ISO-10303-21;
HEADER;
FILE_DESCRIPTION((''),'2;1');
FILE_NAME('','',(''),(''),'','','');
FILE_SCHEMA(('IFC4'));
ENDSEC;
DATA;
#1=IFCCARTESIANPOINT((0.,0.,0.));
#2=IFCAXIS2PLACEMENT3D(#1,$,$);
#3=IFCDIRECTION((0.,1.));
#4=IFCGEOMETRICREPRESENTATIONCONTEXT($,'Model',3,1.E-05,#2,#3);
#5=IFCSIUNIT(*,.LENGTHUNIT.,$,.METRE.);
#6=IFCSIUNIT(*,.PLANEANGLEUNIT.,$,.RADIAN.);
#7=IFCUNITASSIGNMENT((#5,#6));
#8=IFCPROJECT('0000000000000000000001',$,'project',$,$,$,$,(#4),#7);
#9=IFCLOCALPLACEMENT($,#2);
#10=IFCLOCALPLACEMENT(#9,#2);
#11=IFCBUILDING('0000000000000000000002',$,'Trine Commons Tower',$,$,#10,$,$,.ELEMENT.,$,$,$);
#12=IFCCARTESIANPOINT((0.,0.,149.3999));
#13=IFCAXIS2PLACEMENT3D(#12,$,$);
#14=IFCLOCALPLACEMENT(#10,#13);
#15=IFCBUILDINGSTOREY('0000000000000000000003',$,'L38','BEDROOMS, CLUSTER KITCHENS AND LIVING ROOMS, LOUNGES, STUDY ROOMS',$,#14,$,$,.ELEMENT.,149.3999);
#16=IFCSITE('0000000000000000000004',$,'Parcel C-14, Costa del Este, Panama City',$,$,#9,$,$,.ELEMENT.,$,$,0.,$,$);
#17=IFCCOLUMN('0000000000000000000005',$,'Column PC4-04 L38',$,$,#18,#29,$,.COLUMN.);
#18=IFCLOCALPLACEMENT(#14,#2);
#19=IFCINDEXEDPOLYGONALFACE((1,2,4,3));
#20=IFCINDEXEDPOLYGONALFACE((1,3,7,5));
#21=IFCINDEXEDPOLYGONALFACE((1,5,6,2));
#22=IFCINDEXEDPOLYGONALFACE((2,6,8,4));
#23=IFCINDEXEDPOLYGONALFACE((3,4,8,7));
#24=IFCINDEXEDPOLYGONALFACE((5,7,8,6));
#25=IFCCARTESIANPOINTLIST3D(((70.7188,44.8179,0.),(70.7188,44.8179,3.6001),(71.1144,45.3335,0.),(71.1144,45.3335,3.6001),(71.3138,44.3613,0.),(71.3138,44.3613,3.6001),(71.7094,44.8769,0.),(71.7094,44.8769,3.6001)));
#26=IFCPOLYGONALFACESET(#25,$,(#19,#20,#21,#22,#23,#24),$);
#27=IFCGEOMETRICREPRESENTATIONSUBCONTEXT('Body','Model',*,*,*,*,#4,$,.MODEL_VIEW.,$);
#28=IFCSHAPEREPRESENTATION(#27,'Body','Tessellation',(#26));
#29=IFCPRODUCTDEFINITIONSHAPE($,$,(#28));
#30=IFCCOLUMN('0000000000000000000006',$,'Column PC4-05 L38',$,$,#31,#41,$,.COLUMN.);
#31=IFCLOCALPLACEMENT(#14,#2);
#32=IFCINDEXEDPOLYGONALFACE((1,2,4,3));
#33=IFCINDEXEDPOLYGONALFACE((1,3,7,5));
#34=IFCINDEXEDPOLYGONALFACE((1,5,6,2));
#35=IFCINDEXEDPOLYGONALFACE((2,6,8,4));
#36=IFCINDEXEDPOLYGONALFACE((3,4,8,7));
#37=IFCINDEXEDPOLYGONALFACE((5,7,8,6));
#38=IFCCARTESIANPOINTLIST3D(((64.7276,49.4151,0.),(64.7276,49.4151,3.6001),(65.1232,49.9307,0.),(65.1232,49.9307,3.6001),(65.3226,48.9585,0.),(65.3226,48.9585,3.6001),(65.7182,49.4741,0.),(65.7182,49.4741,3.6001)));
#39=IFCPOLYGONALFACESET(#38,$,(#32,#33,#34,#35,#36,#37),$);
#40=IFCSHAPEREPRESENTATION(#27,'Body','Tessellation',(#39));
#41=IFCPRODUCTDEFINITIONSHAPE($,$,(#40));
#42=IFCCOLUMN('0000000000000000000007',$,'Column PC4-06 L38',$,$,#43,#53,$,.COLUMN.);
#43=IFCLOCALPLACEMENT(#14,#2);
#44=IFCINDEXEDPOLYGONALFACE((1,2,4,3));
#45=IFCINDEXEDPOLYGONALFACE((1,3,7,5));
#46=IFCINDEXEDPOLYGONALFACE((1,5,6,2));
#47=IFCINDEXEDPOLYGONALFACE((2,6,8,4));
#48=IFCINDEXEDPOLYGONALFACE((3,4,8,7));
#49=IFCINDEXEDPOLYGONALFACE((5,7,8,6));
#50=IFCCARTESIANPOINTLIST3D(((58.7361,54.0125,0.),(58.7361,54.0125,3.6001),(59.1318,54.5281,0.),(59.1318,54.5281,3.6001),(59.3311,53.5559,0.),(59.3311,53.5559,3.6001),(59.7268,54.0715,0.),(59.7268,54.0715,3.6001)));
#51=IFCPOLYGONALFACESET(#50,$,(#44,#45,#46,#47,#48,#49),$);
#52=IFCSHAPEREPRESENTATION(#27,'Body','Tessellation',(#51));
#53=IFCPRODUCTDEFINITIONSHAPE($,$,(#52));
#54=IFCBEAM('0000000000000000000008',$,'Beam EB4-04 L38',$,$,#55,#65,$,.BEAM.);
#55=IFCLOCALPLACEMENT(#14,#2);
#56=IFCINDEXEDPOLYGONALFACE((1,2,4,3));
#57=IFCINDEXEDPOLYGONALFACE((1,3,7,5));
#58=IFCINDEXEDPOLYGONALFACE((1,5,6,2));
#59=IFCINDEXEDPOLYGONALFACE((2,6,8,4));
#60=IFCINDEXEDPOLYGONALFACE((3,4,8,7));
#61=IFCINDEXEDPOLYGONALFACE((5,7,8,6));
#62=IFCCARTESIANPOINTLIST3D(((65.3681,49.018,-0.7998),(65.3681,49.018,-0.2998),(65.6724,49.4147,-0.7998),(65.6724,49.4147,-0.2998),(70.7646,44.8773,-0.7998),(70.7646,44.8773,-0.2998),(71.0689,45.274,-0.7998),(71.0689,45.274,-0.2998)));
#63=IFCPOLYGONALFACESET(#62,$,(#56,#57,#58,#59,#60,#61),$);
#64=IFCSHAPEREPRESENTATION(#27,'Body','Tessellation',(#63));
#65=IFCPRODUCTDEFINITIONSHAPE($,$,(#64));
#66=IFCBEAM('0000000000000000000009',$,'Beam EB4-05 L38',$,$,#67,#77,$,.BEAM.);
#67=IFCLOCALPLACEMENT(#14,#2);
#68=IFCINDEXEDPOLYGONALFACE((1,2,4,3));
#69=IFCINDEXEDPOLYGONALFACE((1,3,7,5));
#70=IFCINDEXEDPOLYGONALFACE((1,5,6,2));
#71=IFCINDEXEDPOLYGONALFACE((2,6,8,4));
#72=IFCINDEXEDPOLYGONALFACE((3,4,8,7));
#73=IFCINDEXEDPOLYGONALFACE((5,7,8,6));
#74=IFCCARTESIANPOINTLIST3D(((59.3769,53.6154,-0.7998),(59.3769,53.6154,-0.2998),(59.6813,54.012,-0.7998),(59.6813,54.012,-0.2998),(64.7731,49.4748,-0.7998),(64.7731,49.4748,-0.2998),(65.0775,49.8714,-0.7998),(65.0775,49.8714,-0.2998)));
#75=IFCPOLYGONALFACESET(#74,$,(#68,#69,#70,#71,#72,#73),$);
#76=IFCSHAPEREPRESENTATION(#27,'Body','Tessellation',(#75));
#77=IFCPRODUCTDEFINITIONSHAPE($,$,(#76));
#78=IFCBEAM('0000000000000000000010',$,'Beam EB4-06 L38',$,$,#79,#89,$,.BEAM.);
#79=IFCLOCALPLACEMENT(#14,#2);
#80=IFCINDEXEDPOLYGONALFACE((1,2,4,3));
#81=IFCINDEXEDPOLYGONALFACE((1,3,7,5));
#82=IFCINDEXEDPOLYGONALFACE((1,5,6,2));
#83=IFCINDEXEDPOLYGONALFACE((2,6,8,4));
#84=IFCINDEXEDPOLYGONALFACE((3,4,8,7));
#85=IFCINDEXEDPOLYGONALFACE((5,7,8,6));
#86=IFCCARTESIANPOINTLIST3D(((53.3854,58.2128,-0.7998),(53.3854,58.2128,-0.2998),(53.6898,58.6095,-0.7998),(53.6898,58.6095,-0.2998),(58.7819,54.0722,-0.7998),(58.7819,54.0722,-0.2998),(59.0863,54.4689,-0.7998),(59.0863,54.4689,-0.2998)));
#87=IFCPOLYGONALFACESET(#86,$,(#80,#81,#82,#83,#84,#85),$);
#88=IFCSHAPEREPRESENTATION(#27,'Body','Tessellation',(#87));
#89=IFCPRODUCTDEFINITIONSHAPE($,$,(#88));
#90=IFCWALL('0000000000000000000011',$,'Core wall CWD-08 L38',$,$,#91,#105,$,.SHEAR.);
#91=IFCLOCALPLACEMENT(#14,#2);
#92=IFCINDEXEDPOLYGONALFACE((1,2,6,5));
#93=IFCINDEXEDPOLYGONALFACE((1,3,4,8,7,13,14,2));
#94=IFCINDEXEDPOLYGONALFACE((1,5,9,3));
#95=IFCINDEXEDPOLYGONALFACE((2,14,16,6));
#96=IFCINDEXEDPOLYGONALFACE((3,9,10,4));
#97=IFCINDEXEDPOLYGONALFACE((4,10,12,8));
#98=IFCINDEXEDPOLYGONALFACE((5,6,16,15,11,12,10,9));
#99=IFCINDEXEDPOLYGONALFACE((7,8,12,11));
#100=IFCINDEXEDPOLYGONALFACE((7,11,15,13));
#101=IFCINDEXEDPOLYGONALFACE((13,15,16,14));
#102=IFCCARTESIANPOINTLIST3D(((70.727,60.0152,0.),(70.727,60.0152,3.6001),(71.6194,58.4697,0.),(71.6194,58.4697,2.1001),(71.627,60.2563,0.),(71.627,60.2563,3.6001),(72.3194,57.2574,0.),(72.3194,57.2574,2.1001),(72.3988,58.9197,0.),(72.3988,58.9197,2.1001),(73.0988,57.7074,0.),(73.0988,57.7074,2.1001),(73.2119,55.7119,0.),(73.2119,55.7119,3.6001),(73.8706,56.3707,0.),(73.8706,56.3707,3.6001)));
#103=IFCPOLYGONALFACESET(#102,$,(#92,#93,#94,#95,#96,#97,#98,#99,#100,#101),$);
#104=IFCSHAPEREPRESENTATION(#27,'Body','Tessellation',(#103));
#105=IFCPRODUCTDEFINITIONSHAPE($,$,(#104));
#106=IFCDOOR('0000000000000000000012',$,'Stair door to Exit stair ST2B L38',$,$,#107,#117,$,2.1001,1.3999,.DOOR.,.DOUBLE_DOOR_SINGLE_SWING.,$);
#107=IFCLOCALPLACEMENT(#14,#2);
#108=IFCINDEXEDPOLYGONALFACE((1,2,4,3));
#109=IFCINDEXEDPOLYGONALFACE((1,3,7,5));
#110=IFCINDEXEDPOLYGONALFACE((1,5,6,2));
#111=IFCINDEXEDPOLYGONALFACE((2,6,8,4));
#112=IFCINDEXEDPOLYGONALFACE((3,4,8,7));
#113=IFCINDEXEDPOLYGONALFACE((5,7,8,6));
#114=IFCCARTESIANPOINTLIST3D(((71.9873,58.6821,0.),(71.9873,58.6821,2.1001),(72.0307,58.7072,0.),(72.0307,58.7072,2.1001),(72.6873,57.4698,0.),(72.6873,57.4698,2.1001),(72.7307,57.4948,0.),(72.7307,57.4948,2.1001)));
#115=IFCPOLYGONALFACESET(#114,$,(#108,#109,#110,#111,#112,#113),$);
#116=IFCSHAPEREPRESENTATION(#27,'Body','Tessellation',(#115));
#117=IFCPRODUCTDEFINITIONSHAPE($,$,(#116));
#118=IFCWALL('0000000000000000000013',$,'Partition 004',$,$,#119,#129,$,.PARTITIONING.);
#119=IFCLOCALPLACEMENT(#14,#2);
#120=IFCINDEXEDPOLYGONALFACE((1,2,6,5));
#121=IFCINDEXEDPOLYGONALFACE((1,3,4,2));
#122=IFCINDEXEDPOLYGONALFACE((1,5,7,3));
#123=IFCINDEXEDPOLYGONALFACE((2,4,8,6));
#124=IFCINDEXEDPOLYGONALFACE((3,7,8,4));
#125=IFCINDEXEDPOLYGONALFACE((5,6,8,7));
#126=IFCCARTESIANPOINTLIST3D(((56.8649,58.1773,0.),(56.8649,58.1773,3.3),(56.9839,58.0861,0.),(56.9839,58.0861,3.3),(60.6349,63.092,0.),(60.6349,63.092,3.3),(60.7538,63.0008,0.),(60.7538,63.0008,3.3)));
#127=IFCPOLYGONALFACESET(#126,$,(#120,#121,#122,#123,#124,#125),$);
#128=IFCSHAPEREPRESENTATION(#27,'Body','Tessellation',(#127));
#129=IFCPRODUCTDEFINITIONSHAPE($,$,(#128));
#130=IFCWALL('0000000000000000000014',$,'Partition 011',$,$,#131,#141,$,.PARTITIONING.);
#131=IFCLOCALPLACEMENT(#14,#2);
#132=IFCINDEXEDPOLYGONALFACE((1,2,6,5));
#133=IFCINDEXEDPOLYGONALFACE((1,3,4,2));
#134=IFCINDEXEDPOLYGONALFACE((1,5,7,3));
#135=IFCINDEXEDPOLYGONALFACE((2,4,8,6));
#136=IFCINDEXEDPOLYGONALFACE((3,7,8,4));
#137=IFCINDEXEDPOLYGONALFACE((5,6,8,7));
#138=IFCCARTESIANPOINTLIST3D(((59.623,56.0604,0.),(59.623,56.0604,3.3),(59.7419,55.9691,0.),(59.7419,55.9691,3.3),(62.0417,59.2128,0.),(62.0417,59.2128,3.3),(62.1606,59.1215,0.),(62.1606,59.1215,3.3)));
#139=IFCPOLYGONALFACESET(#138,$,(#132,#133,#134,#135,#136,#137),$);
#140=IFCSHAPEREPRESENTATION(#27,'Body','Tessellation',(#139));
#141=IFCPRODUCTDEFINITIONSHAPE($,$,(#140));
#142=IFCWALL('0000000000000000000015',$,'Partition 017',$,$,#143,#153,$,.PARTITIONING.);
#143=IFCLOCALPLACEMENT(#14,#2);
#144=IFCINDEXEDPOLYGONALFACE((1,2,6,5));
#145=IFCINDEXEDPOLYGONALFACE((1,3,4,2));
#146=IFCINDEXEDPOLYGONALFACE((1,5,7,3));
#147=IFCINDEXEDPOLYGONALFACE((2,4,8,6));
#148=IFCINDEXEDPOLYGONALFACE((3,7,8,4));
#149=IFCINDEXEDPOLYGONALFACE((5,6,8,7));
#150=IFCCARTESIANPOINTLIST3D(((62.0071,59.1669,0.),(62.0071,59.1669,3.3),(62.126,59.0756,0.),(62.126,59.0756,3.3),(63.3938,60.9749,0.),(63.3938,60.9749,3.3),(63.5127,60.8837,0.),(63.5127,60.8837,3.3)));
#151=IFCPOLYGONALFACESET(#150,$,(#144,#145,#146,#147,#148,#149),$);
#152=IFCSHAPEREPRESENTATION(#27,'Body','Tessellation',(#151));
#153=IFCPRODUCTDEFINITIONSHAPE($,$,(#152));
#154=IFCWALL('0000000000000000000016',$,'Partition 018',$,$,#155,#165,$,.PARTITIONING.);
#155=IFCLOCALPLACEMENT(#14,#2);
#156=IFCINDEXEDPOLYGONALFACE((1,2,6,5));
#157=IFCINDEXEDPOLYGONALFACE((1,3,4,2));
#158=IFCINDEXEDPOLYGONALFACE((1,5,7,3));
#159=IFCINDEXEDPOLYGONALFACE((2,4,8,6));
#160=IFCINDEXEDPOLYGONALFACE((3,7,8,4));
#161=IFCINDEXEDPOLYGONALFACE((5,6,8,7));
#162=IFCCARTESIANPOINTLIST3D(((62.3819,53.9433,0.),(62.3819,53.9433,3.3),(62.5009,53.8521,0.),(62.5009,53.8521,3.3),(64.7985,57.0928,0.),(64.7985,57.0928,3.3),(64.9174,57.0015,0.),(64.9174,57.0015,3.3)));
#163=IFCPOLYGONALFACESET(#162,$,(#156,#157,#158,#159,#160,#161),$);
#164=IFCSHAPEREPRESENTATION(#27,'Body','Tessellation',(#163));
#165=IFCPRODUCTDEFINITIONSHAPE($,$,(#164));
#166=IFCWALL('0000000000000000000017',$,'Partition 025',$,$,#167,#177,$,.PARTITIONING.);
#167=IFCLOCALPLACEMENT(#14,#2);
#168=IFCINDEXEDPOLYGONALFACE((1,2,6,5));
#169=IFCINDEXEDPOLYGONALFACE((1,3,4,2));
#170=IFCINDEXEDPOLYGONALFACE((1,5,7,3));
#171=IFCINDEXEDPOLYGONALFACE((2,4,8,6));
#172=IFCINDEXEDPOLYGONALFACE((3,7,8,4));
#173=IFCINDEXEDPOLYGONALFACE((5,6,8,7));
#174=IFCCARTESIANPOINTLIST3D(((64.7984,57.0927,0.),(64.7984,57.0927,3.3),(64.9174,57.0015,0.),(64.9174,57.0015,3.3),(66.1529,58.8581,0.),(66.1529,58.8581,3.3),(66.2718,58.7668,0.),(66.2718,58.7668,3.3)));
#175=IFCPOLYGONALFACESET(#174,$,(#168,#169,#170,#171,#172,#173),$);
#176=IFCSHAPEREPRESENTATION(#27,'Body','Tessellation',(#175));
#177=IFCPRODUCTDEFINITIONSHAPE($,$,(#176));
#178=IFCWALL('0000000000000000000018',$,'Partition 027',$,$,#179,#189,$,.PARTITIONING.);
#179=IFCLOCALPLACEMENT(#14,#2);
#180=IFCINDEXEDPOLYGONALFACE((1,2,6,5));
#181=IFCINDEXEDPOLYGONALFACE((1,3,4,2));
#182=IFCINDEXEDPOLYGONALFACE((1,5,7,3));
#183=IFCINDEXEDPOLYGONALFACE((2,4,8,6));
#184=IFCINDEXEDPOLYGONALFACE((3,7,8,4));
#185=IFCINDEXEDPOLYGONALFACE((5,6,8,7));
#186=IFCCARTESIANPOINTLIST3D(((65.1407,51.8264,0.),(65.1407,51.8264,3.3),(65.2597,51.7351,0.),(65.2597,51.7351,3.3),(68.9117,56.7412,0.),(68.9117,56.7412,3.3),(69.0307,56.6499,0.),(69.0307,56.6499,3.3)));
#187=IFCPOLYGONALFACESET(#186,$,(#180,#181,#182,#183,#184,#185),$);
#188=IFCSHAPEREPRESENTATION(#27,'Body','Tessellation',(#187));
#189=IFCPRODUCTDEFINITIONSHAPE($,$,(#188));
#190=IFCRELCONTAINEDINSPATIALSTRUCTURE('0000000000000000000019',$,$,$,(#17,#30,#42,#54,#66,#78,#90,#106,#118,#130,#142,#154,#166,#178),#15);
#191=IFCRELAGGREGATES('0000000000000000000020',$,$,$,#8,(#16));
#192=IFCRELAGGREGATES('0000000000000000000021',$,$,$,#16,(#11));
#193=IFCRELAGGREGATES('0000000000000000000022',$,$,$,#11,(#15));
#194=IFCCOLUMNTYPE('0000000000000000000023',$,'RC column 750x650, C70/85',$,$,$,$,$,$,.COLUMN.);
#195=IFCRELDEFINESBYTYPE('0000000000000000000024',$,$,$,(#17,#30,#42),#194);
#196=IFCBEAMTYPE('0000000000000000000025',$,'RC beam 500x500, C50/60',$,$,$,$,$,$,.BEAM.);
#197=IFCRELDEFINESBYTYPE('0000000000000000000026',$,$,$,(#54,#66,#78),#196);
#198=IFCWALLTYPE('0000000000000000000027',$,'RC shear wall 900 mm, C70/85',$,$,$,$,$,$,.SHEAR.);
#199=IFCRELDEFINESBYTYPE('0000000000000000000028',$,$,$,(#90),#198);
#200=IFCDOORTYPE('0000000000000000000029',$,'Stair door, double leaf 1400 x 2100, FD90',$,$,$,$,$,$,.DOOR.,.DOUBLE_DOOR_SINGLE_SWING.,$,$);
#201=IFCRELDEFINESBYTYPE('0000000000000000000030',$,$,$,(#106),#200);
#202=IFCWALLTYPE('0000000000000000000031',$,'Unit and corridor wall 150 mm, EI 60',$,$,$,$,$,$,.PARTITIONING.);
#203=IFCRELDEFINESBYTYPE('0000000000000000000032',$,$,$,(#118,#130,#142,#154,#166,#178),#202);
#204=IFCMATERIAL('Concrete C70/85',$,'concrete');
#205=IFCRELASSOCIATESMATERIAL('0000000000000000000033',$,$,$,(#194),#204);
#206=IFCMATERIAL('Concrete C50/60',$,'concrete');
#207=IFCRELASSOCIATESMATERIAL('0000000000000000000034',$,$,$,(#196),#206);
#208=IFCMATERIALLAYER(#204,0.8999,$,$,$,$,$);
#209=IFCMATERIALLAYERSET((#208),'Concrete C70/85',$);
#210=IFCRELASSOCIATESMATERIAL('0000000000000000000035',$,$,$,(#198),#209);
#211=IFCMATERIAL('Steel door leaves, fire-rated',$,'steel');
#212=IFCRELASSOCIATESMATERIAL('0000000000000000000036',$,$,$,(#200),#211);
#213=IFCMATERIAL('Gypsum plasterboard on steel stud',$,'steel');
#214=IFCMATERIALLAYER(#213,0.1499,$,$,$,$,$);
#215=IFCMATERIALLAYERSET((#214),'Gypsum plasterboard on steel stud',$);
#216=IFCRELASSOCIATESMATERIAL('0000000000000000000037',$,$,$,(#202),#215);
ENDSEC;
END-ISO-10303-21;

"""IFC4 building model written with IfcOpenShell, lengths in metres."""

from ifc_helpers import new_model, si_unit, direction, frame, frame_2d, origin, origin_2d, place, context, subcontext, project, spatial, polyline, rectangle, outline, extrude, material, layer, layer_set, material_profile, profile_set, type_object, element, fill, save


model = new_model("IFC4")

# Units and contexts
model_context = context("Model", 3, precision=1e-05, world=origin(), true_north=direction((0.0, 1.0)))
body_context = subcontext(model_context, "Body", "Model", "MODEL_VIEW")
ifc_project = project(units=[si_unit("LENGTHUNIT", "METRE"), si_unit("PLANEANGLEUNIT", "RADIAN")], contexts=[model_context])

# Site, building, storey
site_placement = place(None, origin())
site = spatial("IfcSite", under=ifc_project, at=site_placement, Name="Parcel C-14, Costa del Este, Panama City", CompositionType="ELEMENT", RefElevation=0.0)
building_placement = place(site_placement, origin())
building = spatial("IfcBuilding", under=site, at=building_placement, Name="Trine Commons Tower", CompositionType="ELEMENT")
storey_placement = place(building_placement, frame((0.0, 0.0, 149.3999)))
storey = spatial("IfcBuildingStorey", under=building, at=storey_placement, Name="L38", Description="BEDROOMS, CLUSTER KITCHENS AND LIVING ROOMS, LOUNGES, STUDY ROOMS", CompositionType="ELEMENT", Elevation=149.3999)

# Columns
ifc_material_1 = material(Name="Concrete C70/85", Category="concrete")
ifc_material_profile_1 = material_profile(ifc_material_1, rectangle(XDim=0.75, YDim=0.6499, at=origin_2d()), Name="RC 750x650")
ifc_profile_set_1 = profile_set([ifc_material_profile_1], Name="Concrete C70/85")
column_type = type_object("IfcColumnType", Name="RC column 750x650, C70/85", PredefinedType="COLUMN", material=ifc_profile_set_1)
for number, where, z_axis, x_axis, name in (
    (1, (71.2141, 44.8474, 0.0), (0.0, 0.0, 1.0), (-0.793353, 0.608761, 0.0), "Column PC4-04 L38"),
    (2, (65.2229, 49.4446, 0.0), (0.0, 0.0, 1.0), (-0.793353, 0.608761, 0.0), "Column PC4-05 L38"),
    (3, (59.2314, 54.042, 0.0), (0.0, 0.0, 1.0), (-0.793353, 0.608761, 0.0), "Column PC4-06 L38"),
):
    element("IfcColumn", number, at=place(storey_placement, frame(where, z_axis=z_axis, x_axis=x_axis)), inside=storey, type_object=column_type, Name=name, PredefinedType="COLUMN", context=body_context, shape_type="SweptSolid", body=[
        extrude(rectangle(XDim=0.75, YDim=0.6499, at=origin_2d()), origin(), (0.0, 0.0, 1.0), 3.6001),
    ])

# Beams
ifc_material_2 = material(Name="Concrete C50/60", Category="concrete")
ifc_material_profile_2 = material_profile(ifc_material_2, rectangle(XDim=0.5, YDim=0.5, at=origin_2d()), Name="RC 500x500")
ifc_profile_set_2 = profile_set([ifc_material_profile_2], Name="Concrete C50/60")
beam_type = type_object("IfcBeamType", Name="RC beam 500x500, C50/60", PredefinedType="BEAM", material=ifc_profile_set_2)
beam_1_placement = place(storey_placement, frame((70.9167, 45.0757, -0.5498), z_axis=(-0.793371, 0.608739, 0.0), x_axis=(-0.608739, -0.793371, 0.0)))
element("IfcBeam", 4, at=beam_1_placement, inside=storey, type_object=beam_type, Name="Beam EB4-04 L38", PredefinedType="BEAM", context=body_context, shape_type="SweptSolid", body=[
    extrude(rectangle(XDim=0.5, YDim=0.5, at=origin_2d()), origin(), (0.0, 0.0, 1.0), 6.802),
])
beam_2_placement = place(storey_placement, frame((64.9253, 49.6731, -0.5498), z_axis=(-0.793357, 0.608756, 0.0), x_axis=(-0.608756, -0.793357, 0.0)))
element("IfcBeam", 5, at=beam_2_placement, inside=storey, type_object=beam_type, Name="Beam EB4-05 L38", PredefinedType="BEAM", context=body_context, shape_type="SweptSolid", body=[
    extrude(rectangle(XDim=0.5, YDim=0.5, at=origin_2d()), origin(), (0.0, 0.0, 1.0), 6.8018),
])
beam_3_placement = place(storey_placement, frame((58.9341, 54.2705, -0.5498), z_axis=(-0.793371, 0.608739, 0.0), x_axis=(-0.608739, -0.793371, 0.0)))
element("IfcBeam", 6, at=beam_3_placement, inside=storey, type_object=beam_type, Name="Beam EB4-06 L38", PredefinedType="BEAM", context=body_context, shape_type="SweptSolid", body=[
    extrude(rectangle(XDim=0.5, YDim=0.5, at=origin_2d()), origin(), (0.0, 0.0, 1.0), 6.802),
])

# Wall, opening, door
ifc_layer_1 = layer(ifc_material_1, 0.8999)
ifc_layer_set_1 = layer_set([ifc_layer_1], Name="Concrete C70/85")
wall_type_1 = type_object("IfcWallType", Name="RC shear wall 900 mm, C70/85", PredefinedType="SHEAR", material=ifc_layer_set_1)
wall_1_placement = place(storey_placement, frame((71.1167, 60.2402, 0.0), z_axis=(0.0, 0.0, 1.0), x_axis=(0.500039, -0.866003, 0.0)))
wall_1 = element("IfcWall", 7, at=wall_1_placement, inside=storey, type_object=wall_type_1, Name="Core wall CWD-08 L38", PredefinedType="SHEAR", context=body_context, shape_type="SweptSolid", body=[
    extrude(outline(polyline([(0.0, -0.45), (4.9692, -0.45), (4.728, 0.45), (0.2412, 0.45), (0.0, -0.45)])), origin(), (0.0, 0.0, 1.0), 3.6001),
])
opening_1_placement = place(wall_1_placement, frame((1.7847, 0.0, 0.0)))
opening_1 = element("IfcOpeningElement", 8, at=opening_1_placement, cuts=wall_1, PredefinedType="OPENING", context=body_context, shape_type="SweptSolid", body=[
    extrude(rectangle(XDim=1.3999, YDim=2.1001, at=frame_2d((0.7, 1.05))), frame((0.0, 0.46, 0.0), z_axis=(0.0, -1.0, 0.0), x_axis=(1.0, 0.0, 0.0)), (0.0, 0.0, 1.0), 0.9199),
])
ifc_material_3 = material(Name="Steel door leaves, fire-rated", Category="steel")
door_type_1 = type_object("IfcDoorType", Name="Stair door, double leaf 1400 x 2100, FD90", OperationType="DOUBLE_DOOR_SINGLE_SWING", PredefinedType="DOOR", material=ifc_material_3)
door_1_placement = place(opening_1_placement, origin())
door_1 = element("IfcDoor", 9, at=door_1_placement, inside=storey, type_object=door_type_1, Name="Stair door to Exit stair ST2B L38", OperationType="DOUBLE_DOOR_SINGLE_SWING", OverallHeight=2.1001, OverallWidth=1.3999, PredefinedType="DOOR", context=body_context, shape_type="SweptSolid", body=[
    extrude(rectangle(XDim=1.3999, YDim=2.1001, at=frame_2d((0.7, 1.05))), frame((0.0, 0.0249, 0.0), z_axis=(0.0, -1.0, 0.0), x_axis=(1.0, 0.0, 0.0)), (0.0, 0.0, 1.0), 0.05),
])
fill(opening_1, door_1)

# Walls
ifc_material_4 = material(Name="Gypsum plasterboard on steel stud", Category="steel")
ifc_layer_2 = layer(ifc_material_4, 0.1499)
ifc_layer_set_2 = layer_set([ifc_layer_2], Name="Gypsum plasterboard on steel stud")
wall_type_2 = type_object("IfcWallType", Name="Unit and corridor wall 150 mm, EI 60", PredefinedType="PARTITIONING", material=ifc_layer_set_2)
wall_2_placement = place(storey_placement, frame((56.9243, 58.1316, 0.0), z_axis=(0.0, 0.0, 1.0), x_axis=(0.608636, 0.79345, 0.0)))
element("IfcWall", 10, at=wall_2_placement, inside=storey, type_object=wall_type_2, Name="Partition 004", PredefinedType="PARTITIONING", context=body_context, shape_type="SweptSolid", body=[
    extrude(rectangle(XDim=6.1941, YDim=0.1499, at=frame_2d((3.0972, 0.0))), origin(), (0.0, 0.0, 1.0), 3.3),
])
wall_3_placement = place(storey_placement, frame((59.6824, 56.0146, 0.0), z_axis=(0.0, 0.0, 1.0), x_axis=(0.608733, 0.793375, 0.0)))
element("IfcWall", 11, at=wall_3_placement, inside=storey, type_object=wall_type_2, Name="Partition 011", PredefinedType="PARTITIONING", context=body_context, shape_type="SweptSolid", body=[
    extrude(rectangle(XDim=3.9734, YDim=0.1499, at=frame_2d((1.9868, 0.0))), origin(), (0.0, 0.0, 1.0), 3.3),
])
wall_4_placement = place(storey_placement, frame((62.0667, 59.1213, 0.0), z_axis=(0.0, 0.0, 1.0), x_axis=(0.608571, 0.793499, 0.0)))
element("IfcWall", 12, at=wall_4_placement, inside=storey, type_object=wall_type_2, Name="Partition 017", PredefinedType="PARTITIONING", context=body_context, shape_type="SweptSolid", body=[
    extrude(rectangle(XDim=2.2786, YDim=0.1499, at=frame_2d((1.1392, 0.0))), origin(), (0.0, 0.0, 1.0), 3.3),
])
wall_5_placement = place(storey_placement, frame((62.4414, 53.8977, 0.0), z_axis=(0.0, 0.0, 1.0), x_axis=(0.608741, 0.793369, 0.0)))
element("IfcWall", 13, at=wall_5_placement, inside=storey, type_object=wall_type_2, Name="Partition 018", PredefinedType="PARTITIONING", context=body_context, shape_type="SweptSolid", body=[
    extrude(rectangle(XDim=3.9697, YDim=0.1499, at=frame_2d((1.9849, 0.0))), origin(), (0.0, 0.0, 1.0), 3.3),
])
wall_6_placement = place(storey_placement, frame((64.8579, 57.0471, 0.0), z_axis=(0.0, 0.0, 1.0), x_axis=(0.608724, 0.793382, 0.0)))
element("IfcWall", 14, at=wall_6_placement, inside=storey, type_object=wall_type_2, Name="Partition 025", PredefinedType="PARTITIONING", context=body_context, shape_type="SweptSolid", body=[
    extrude(rectangle(XDim=2.2251, YDim=0.1499, at=frame_2d((1.1125, 0.0))), origin(), (0.0, 0.0, 1.0), 3.3),
])
wall_7_placement = place(storey_placement, frame((65.2002, 51.7808, 0.0), z_axis=(0.0, 0.0, 1.0), x_axis=(0.608735, 0.793374, 0.0)))
element("IfcWall", 15, at=wall_7_placement, inside=storey, type_object=wall_type_2, Name="Partition 027", PredefinedType="PARTITIONING", context=body_context, shape_type="SweptSolid", body=[
    extrude(rectangle(XDim=6.1948, YDim=0.1499, at=frame_2d((3.0974, 0.0))), origin(), (0.0, 0.0, 1.0), 3.3),
])

save(model, "model.ifc")
